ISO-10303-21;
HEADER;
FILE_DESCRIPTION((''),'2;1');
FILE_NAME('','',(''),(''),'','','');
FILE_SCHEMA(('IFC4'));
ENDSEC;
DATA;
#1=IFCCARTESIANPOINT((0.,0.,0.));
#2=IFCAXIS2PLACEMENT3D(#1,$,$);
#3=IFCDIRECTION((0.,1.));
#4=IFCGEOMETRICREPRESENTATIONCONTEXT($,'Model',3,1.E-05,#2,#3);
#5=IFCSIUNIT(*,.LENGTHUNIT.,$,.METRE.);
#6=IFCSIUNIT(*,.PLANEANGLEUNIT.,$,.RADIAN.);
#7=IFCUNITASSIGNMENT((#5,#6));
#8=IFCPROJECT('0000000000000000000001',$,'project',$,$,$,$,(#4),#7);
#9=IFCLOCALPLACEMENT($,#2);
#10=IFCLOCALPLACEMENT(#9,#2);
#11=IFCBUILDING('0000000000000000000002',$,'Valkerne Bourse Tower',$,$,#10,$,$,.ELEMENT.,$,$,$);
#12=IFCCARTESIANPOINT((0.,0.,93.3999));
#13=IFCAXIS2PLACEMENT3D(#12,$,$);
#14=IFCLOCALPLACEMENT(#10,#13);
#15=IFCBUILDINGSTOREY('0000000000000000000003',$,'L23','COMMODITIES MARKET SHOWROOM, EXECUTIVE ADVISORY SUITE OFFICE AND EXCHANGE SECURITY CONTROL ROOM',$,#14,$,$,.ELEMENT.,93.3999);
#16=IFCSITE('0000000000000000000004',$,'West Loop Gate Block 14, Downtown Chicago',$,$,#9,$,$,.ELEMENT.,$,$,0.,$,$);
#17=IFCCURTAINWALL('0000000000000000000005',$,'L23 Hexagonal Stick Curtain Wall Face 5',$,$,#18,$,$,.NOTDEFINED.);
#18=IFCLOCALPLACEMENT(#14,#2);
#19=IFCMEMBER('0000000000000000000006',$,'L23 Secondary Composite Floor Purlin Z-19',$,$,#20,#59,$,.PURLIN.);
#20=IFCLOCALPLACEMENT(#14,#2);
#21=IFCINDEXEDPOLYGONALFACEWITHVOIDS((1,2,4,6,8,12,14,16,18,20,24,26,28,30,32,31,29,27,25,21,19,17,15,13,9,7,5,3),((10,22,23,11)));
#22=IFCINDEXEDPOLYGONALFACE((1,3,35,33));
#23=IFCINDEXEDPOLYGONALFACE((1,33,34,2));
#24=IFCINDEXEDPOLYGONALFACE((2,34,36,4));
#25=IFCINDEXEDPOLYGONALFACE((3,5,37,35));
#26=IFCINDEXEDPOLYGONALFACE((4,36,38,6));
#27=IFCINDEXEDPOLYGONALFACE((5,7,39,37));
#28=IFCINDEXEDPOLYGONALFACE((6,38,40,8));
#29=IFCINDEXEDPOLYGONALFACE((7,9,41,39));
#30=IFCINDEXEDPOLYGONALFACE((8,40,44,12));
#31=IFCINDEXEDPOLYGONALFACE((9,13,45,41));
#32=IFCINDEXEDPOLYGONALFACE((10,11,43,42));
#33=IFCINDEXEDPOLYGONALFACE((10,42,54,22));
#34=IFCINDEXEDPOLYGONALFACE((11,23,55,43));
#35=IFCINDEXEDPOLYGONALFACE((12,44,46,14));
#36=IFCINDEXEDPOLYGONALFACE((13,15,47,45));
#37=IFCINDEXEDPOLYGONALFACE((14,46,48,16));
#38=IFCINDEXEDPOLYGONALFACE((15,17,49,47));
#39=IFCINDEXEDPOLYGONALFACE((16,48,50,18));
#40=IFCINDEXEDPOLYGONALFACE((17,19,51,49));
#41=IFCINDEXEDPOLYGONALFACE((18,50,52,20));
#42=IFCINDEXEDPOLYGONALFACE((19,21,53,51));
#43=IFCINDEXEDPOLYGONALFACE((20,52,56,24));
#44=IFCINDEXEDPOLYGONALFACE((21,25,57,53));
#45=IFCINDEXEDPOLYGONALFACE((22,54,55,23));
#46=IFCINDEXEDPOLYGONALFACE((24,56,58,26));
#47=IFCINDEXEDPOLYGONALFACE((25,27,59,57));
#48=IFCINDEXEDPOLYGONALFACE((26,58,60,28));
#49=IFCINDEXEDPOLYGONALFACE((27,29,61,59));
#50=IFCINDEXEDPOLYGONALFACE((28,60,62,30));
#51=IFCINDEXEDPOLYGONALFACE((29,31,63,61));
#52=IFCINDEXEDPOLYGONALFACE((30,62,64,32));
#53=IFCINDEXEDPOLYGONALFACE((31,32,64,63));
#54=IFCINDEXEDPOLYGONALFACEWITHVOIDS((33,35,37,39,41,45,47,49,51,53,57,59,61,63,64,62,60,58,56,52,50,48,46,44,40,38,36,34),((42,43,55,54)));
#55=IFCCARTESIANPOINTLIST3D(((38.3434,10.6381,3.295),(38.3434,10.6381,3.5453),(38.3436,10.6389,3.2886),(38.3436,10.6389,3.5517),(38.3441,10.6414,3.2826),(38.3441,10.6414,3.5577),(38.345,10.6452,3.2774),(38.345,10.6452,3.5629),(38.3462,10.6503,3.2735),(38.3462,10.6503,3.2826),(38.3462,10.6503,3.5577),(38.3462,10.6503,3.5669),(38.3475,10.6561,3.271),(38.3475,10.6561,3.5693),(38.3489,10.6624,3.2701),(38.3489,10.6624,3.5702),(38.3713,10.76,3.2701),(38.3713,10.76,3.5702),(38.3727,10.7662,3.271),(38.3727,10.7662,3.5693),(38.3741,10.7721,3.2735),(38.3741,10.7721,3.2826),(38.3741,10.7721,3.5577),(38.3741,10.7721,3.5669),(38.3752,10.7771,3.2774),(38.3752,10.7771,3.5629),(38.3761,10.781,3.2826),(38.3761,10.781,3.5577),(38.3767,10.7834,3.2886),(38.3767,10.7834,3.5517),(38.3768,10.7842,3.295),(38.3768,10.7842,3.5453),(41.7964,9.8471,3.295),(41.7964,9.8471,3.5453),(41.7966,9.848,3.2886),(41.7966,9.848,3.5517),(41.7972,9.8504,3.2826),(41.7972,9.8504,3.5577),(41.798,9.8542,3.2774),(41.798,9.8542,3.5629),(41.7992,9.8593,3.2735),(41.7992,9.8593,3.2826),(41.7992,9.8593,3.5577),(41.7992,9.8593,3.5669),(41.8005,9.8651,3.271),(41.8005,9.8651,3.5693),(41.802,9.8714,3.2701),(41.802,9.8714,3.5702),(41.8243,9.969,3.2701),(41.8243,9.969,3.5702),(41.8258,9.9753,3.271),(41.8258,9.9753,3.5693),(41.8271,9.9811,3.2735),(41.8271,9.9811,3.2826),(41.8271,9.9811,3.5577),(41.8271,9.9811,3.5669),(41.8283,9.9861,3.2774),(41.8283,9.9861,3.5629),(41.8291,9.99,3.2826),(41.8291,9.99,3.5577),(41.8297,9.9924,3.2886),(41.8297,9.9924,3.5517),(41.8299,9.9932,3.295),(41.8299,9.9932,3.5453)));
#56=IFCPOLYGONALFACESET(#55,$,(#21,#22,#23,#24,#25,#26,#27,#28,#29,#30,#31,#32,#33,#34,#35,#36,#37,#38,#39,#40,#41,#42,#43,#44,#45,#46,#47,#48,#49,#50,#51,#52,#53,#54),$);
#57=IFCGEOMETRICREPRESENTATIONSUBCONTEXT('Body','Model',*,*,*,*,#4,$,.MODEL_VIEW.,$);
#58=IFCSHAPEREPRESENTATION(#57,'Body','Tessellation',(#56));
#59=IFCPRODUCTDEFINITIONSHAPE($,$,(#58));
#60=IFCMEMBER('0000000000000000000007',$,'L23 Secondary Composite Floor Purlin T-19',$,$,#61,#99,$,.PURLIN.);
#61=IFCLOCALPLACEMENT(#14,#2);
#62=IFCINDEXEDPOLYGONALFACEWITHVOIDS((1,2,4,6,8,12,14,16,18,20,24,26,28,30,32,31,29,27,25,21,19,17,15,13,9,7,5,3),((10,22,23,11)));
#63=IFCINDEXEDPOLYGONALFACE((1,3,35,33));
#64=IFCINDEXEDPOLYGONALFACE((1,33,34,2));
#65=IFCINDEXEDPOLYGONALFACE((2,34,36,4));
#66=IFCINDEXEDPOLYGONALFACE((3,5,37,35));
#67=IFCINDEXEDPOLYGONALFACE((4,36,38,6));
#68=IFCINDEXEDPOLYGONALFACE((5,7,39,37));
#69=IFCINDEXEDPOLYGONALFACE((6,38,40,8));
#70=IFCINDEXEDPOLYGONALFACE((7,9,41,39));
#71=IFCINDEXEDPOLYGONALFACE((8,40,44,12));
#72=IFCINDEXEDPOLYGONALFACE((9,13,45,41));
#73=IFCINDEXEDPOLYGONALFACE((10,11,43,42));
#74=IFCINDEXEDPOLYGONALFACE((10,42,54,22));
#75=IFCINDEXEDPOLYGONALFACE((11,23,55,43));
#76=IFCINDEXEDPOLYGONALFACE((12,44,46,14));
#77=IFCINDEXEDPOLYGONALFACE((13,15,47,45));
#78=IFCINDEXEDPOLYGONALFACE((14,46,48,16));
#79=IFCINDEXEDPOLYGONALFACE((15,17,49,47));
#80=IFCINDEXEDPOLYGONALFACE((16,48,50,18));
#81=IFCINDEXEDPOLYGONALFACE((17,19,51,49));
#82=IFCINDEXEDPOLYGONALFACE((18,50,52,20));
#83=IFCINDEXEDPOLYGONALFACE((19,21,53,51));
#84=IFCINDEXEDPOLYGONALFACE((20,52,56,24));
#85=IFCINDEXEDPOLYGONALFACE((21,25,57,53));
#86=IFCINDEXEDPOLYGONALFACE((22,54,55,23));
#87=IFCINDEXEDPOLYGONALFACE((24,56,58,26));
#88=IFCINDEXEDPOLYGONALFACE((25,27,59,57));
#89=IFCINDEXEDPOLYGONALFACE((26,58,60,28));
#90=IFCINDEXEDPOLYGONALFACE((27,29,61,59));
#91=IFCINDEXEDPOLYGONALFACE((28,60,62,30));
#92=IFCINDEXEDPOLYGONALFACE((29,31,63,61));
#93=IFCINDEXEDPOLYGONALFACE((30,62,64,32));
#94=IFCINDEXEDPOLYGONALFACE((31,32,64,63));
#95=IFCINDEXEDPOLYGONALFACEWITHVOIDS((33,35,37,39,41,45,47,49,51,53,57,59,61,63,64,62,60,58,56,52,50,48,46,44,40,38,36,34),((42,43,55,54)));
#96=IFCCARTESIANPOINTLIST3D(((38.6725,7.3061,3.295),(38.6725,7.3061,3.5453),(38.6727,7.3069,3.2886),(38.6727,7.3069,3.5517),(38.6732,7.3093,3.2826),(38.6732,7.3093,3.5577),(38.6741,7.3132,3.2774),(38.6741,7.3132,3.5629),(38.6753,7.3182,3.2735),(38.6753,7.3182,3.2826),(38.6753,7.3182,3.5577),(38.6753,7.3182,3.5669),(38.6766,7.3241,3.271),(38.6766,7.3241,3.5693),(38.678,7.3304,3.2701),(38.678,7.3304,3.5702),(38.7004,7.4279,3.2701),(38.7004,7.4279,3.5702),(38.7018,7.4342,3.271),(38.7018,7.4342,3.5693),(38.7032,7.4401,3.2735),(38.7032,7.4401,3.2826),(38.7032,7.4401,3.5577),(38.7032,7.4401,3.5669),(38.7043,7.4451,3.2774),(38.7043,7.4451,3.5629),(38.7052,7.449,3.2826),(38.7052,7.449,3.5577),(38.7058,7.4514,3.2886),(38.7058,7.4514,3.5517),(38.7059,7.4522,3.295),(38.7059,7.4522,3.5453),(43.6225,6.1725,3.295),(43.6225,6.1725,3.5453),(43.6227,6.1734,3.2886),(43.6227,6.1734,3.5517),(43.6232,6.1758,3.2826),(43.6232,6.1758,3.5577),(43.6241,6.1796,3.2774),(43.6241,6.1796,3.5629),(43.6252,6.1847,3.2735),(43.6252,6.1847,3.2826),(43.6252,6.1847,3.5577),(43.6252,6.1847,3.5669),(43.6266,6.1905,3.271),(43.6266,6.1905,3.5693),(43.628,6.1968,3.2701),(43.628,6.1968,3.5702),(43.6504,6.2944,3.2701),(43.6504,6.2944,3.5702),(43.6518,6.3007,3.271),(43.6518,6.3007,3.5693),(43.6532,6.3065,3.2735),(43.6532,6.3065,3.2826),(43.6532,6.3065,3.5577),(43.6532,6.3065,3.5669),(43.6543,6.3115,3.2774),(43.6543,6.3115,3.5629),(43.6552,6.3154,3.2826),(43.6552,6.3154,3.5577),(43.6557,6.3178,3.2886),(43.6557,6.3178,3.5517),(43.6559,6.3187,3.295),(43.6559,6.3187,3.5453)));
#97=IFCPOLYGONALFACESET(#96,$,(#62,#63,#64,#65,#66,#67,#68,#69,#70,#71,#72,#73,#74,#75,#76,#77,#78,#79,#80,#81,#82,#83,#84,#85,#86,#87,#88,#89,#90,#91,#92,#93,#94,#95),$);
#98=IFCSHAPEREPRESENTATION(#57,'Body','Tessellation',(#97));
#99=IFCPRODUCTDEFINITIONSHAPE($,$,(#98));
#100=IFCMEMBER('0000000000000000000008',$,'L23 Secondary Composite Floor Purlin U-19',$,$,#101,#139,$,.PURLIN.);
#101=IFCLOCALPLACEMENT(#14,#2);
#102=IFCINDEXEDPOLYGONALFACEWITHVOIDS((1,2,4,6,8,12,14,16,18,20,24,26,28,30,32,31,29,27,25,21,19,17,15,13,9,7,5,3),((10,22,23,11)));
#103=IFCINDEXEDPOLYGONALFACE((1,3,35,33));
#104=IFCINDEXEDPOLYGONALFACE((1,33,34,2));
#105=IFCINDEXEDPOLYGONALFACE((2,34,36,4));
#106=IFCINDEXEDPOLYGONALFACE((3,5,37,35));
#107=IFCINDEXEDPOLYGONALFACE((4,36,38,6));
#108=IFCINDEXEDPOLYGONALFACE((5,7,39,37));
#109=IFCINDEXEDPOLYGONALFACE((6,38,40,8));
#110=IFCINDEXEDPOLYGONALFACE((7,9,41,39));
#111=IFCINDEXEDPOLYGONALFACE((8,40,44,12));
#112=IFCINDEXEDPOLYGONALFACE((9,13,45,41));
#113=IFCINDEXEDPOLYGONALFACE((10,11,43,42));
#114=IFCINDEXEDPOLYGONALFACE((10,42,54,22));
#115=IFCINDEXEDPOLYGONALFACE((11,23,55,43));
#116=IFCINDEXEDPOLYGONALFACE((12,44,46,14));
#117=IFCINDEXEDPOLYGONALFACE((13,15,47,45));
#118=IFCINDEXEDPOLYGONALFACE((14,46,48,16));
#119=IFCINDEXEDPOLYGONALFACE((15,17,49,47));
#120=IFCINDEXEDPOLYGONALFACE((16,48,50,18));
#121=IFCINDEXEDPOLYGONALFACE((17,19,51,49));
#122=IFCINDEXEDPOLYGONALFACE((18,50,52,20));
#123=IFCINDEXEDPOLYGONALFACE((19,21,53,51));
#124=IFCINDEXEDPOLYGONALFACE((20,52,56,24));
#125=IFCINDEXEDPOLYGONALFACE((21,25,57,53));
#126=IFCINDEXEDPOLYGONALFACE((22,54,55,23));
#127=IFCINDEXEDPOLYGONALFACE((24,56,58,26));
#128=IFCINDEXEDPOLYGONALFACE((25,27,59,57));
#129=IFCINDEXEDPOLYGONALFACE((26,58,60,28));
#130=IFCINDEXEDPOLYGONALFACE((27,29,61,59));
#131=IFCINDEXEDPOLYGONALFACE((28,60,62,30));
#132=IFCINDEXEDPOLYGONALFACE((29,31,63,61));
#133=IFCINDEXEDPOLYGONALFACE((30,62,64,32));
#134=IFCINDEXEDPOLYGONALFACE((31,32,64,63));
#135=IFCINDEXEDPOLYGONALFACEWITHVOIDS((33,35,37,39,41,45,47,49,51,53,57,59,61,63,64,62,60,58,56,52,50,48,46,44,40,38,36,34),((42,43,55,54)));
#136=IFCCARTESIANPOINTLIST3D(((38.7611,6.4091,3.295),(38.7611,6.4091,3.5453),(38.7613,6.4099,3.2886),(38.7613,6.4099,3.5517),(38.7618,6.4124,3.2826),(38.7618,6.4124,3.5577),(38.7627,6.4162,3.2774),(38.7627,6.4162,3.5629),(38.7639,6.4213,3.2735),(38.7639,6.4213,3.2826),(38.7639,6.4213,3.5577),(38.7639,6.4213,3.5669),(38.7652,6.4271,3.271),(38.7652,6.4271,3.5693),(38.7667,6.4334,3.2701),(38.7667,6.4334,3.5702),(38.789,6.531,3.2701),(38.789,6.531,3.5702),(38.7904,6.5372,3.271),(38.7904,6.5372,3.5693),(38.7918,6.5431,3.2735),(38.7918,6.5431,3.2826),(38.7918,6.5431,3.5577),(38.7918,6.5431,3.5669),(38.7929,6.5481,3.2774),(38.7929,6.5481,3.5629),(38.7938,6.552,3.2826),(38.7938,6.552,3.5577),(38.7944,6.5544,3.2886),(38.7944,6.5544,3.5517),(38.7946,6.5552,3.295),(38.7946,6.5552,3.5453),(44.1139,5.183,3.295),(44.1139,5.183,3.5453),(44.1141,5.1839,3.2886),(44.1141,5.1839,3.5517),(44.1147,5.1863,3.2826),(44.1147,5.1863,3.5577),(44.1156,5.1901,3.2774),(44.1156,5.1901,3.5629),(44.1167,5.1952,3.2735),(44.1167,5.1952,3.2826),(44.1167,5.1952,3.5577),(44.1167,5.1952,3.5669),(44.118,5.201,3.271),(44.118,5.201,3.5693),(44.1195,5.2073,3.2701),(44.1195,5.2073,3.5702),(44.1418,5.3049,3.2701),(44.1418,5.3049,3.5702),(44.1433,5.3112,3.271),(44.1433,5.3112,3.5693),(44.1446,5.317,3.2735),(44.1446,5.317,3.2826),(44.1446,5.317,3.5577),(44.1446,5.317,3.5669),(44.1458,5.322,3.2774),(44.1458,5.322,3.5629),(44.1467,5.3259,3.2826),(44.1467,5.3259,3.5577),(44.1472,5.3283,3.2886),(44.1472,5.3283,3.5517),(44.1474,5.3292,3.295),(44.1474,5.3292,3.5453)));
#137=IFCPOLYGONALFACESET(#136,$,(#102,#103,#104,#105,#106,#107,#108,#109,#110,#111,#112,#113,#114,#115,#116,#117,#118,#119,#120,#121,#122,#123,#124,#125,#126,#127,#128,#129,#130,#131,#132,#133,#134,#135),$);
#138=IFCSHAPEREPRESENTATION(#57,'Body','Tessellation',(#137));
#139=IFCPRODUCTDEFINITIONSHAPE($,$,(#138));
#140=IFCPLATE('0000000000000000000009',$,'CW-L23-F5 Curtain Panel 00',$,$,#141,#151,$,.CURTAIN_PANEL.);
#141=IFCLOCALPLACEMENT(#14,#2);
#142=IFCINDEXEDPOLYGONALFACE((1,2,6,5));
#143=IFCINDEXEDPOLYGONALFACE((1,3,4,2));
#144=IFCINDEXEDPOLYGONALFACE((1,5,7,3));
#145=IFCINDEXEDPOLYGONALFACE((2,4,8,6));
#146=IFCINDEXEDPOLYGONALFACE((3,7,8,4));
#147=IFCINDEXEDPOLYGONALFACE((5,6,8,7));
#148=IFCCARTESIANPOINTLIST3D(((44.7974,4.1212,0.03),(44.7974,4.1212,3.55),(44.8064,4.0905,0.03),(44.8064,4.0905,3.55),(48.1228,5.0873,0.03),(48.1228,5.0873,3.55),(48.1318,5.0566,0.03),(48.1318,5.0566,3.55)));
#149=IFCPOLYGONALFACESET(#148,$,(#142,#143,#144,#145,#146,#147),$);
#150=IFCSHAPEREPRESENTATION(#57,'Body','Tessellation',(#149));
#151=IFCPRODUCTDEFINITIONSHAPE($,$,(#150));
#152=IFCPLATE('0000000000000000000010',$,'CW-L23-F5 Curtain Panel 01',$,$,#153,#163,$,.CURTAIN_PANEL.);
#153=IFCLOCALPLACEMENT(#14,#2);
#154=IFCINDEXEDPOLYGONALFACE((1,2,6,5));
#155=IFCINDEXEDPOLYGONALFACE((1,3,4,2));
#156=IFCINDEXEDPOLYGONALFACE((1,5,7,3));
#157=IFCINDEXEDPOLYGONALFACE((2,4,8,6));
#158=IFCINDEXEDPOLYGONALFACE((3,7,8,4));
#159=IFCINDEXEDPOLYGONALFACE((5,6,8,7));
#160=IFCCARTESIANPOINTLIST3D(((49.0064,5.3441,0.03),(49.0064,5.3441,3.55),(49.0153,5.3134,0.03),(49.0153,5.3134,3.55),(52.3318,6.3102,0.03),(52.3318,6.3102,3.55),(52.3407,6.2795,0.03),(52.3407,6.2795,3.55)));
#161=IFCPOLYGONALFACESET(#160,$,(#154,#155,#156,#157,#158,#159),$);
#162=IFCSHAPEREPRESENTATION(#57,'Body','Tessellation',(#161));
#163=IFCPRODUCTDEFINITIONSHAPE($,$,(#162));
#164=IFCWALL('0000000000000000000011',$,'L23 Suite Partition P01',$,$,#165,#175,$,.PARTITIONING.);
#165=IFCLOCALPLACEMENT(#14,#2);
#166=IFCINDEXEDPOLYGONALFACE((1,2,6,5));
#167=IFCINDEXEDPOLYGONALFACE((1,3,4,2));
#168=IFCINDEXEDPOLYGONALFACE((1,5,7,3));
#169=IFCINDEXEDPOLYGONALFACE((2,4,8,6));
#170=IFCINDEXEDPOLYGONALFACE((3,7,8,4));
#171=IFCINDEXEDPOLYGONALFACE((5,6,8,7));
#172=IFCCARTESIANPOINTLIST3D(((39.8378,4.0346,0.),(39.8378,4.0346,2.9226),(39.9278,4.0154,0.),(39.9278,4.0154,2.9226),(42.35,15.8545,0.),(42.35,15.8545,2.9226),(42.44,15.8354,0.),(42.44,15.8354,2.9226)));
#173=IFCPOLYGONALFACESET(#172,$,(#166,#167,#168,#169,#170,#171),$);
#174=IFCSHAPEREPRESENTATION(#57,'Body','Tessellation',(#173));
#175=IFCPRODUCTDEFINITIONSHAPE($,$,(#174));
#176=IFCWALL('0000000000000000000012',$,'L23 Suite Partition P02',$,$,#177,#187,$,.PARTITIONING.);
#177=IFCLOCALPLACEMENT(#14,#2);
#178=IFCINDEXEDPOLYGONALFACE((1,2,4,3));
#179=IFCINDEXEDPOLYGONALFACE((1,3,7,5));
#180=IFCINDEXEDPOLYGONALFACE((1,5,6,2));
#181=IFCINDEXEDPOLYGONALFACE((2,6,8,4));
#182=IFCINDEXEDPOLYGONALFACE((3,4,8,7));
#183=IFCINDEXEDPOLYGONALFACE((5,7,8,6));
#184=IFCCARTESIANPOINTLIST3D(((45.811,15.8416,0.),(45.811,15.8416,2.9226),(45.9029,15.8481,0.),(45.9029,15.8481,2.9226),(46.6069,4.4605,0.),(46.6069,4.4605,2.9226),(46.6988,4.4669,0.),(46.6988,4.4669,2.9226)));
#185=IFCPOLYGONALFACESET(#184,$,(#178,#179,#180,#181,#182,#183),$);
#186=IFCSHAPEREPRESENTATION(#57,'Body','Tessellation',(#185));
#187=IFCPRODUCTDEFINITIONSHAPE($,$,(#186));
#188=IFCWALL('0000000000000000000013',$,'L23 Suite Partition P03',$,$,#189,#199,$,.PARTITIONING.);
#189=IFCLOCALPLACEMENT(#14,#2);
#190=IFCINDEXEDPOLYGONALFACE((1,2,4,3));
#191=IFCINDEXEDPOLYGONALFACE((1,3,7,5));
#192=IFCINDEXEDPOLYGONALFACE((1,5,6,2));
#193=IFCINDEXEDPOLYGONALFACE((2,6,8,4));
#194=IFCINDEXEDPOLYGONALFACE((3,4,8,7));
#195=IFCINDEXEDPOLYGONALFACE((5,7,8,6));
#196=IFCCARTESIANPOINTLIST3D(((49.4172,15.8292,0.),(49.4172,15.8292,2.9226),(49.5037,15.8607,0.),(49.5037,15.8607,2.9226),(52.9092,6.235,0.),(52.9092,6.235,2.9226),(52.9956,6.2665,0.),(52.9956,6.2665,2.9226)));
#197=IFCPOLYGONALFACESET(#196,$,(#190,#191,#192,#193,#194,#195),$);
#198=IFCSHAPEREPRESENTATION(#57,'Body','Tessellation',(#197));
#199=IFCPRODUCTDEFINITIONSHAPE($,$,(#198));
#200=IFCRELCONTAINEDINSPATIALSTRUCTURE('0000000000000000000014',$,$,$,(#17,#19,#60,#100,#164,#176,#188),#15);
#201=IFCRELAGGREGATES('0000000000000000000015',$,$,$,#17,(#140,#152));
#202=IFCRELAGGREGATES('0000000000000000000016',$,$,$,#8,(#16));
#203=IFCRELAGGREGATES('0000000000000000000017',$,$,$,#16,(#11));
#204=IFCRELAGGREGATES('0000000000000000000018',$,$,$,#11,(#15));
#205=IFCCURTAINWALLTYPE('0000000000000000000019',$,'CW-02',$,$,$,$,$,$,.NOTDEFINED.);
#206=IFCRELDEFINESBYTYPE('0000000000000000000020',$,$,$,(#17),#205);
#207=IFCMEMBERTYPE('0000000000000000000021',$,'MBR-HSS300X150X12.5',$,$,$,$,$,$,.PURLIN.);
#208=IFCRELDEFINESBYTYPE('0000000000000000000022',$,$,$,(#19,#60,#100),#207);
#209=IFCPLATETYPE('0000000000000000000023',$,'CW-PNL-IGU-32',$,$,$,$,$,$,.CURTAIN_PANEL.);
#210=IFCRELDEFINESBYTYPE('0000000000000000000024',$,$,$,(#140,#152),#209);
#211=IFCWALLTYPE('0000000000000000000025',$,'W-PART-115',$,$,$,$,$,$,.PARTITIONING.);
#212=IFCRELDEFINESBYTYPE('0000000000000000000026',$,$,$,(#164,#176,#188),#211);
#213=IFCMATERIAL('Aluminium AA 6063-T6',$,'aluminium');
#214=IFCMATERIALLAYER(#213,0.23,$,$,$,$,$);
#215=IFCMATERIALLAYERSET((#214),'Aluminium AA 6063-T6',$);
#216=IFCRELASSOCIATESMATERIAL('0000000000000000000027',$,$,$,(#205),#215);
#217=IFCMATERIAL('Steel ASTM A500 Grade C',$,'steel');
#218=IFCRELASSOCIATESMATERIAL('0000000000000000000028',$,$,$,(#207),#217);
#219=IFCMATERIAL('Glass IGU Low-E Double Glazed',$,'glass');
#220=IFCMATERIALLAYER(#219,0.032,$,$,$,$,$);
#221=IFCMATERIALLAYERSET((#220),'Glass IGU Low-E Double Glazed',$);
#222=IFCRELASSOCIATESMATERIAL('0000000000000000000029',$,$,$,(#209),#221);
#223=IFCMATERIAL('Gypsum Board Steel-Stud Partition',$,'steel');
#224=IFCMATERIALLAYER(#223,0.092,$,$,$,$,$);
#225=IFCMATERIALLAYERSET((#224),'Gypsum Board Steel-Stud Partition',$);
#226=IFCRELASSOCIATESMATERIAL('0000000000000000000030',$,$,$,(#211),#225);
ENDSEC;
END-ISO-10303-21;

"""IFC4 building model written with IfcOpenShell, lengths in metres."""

from ifc_helpers import new_model, si_unit, direction, frame, frame_2d, origin, origin_2d, place, context, subcontext, project, spatial, rectangle, hollow_rectangle, extrude, material, layer, layer_set, material_profile, profile_set, type_object, element, aggregate, save


model = new_model("IFC4")

# Units and contexts
model_context = context("Model", 3, precision=1e-05, world=origin(), true_north=direction((0.0, 1.0)))
body_context = subcontext(model_context, "Body", "Model", "MODEL_VIEW")
ifc_project = project(units=[si_unit("LENGTHUNIT", "METRE"), si_unit("PLANEANGLEUNIT", "RADIAN")], contexts=[model_context])

# Site, building, storey
site_placement = place(None, origin())
site = spatial("IfcSite", under=ifc_project, at=site_placement, Name="West Loop Gate Block 14, Downtown Chicago", CompositionType="ELEMENT", RefElevation=0.0)
building_placement = place(site_placement, origin())
building = spatial("IfcBuilding", under=site, at=building_placement, Name="Valkerne Bourse Tower", CompositionType="ELEMENT")
storey_placement = place(building_placement, frame((0.0, 0.0, 93.3999)))
storey = spatial("IfcBuildingStorey", under=building, at=storey_placement, Name="L23", Description="COMMODITIES MARKET SHOWROOM, EXECUTIVE ADVISORY SUITE OFFICE AND EXCHANGE SECURITY CONTROL ROOM", CompositionType="ELEMENT", Elevation=93.3999)

# Curtain wall
ifc_material_1 = material(Name="Aluminium AA 6063-T6", Category="aluminium")
ifc_layer_1 = layer(ifc_material_1, 0.23)
ifc_layer_set_1 = layer_set([ifc_layer_1], Name="Aluminium AA 6063-T6")
curtain_wall_type = type_object("IfcCurtainWallType", Name="CW-02", PredefinedType="NOTDEFINED", material=ifc_layer_set_1)
curtain_wall_placement = place(storey_placement, origin())
curtain_wall = element("IfcCurtainWall", 1, at=curtain_wall_placement, inside=storey, type_object=curtain_wall_type, Name="L23 Hexagonal Stick Curtain Wall Face 5", PredefinedType="NOTDEFINED")

# Members
ifc_material_2 = material(Name="Steel ASTM A500 Grade C", Category="steel")
ifc_material_profile_1 = material_profile(ifc_material_2, hollow_rectangle(XDim=0.1499, YDim=0.3, WallThickness=0.0125, OuterFilletRadius=0.0249, at=origin_2d()), Name="HSS300X150X12.5")
ifc_profile_set_1 = profile_set([ifc_material_profile_1], Name="Steel ASTM A500 Grade C")
member_type_1 = type_object("IfcMemberType", Name="MBR-HSS300X150X12.5", PredefinedType="PURLIN", material=ifc_profile_set_1)
member_1_placement = place(storey_placement, frame((38.3601, 10.7112, 3.4202), z_axis=(0.974752, -0.223289, 0.0), x_axis=(0.223289, 0.974752, 0.0)))
element("IfcMember", 2, at=member_1_placement, inside=storey, type_object=member_type_1, Name="L23 Secondary Composite Floor Purlin Z-19", PredefinedType="PURLIN", context=body_context, shape_type="SweptSolid", body=[
    extrude(hollow_rectangle(XDim=0.1499, YDim=0.3, WallThickness=0.0125, OuterFilletRadius=0.0249, at=origin_2d()), origin(), (0.0, 0.0, 1.0), 3.5425),
])
member_2_placement = place(storey_placement, frame((38.6892, 7.3792, 3.4202), z_axis=(0.974767, -0.223223, 0.0), x_axis=(0.223223, 0.974767, 0.0)))
element("IfcMember", 3, at=member_2_placement, inside=storey, type_object=member_type_1, Name="L23 Secondary Composite Floor Purlin T-19", PredefinedType="PURLIN", context=body_context, shape_type="SweptSolid", body=[
    extrude(hollow_rectangle(XDim=0.1499, YDim=0.3, WallThickness=0.0125, OuterFilletRadius=0.0249, at=origin_2d()), origin(), (0.0, 0.0, 1.0), 5.0781),
])
member_3_placement = place(storey_placement, frame((38.7778, 6.4822, 3.4202), z_axis=(0.974756, -0.223271, 0.0), x_axis=(0.223271, 0.974756, 0.0)))
element("IfcMember", 4, at=member_3_placement, inside=storey, type_object=member_type_1, Name="L23 Secondary Composite Floor Purlin U-19", PredefinedType="PURLIN", context=body_context, shape_type="SweptSolid", body=[
    extrude(hollow_rectangle(XDim=0.1499, YDim=0.3, WallThickness=0.0125, OuterFilletRadius=0.0249, at=origin_2d()), origin(), (0.0, 0.0, 1.0), 5.4915),
])

# Plates
ifc_material_3 = material(Name="Glass IGU Low-E Double Glazed", Category="glass")
ifc_layer_2 = layer(ifc_material_3, 0.032)
ifc_layer_set_2 = layer_set([ifc_layer_2], Name="Glass IGU Low-E Double Glazed")
plate_type = type_object("IfcPlateType", Name="CW-PNL-IGU-32", PredefinedType="CURTAIN_PANEL", material=ifc_layer_set_2)
plate_1_placement = place(storey_placement, frame((46.4646, 4.5889, 0.03), z_axis=(0.0, 0.0, 1.0), x_axis=(0.960294, 0.278991, 0.0)))
plate_1 = element("IfcPlate", 5, at=plate_1_placement, type_object=plate_type, Name="CW-L23-F5 Curtain Panel 00", PredefinedType="CURTAIN_PANEL", context=body_context, shape_type="SweptSolid", body=[
    extrude(rectangle(XDim=3.4629, YDim=0.032, at=origin_2d()), origin(), (0.0, 0.0, 1.0), 3.52),
])
plate_2_placement = place(storey_placement, frame((50.6736, 5.8118, 0.03), z_axis=(0.0, 0.0, 1.0), x_axis=(0.960295, 0.278985, 0.0)))
plate_2 = element("IfcPlate", 6, at=plate_2_placement, type_object=plate_type, Name="CW-L23-F5 Curtain Panel 01", PredefinedType="CURTAIN_PANEL", context=body_context, shape_type="SweptSolid", body=[
    extrude(rectangle(XDim=3.4629, YDim=0.032, at=origin_2d()), origin(), (0.0, 0.0, 1.0), 3.52),
])
aggregate(curtain_wall, [plate_1, plate_2])

# Walls
ifc_material_4 = material(Name="Gypsum Board Steel-Stud Partition", Category="steel")
ifc_layer_3 = layer(ifc_material_4, 0.092)
ifc_layer_set_3 = layer_set([ifc_layer_3], Name="Gypsum Board Steel-Stud Partition")
wall_type = type_object("IfcWallType", Name="W-PART-115", PredefinedType="PARTITIONING", material=ifc_layer_set_3)
wall_1_placement = place(storey_placement, frame((42.395, 15.845, 0.0), z_axis=(0.0, 0.0, 1.0), x_axis=(-0.207894, -0.978151, 0.0)))
element("IfcWall", 7, at=wall_1_placement, inside=storey, type_object=wall_type, Name="L23 Suite Partition P01", PredefinedType="PARTITIONING", context=body_context, shape_type="SweptSolid", body=[
    extrude(rectangle(XDim=12.084, YDim=0.092, at=frame_2d((6.042, 0.0))), origin(), (0.0, 0.0, 1.0), 2.9226),
])
wall_2_placement = place(storey_placement, frame((45.8569, 15.845, 0.0), z_axis=(0.0, 0.0, 1.0), x_axis=(0.069761, -0.997564, 0.0)))
element("IfcWall", 8, at=wall_2_placement, inside=storey, type_object=wall_type, Name="L23 Suite Partition P02", PredefinedType="PARTITIONING", context=body_context, shape_type="SweptSolid", body=[
    extrude(rectangle(XDim=11.4089, YDim=0.092, at=frame_2d((5.7046, 0.0))), origin(), (0.0, 0.0, 1.0), 2.9226),
])
wall_3_placement = place(storey_placement, frame((49.4604, 15.845, 0.0), z_axis=(0.0, 0.0, 1.0), x_axis=(0.342014, -0.939695, 0.0)))
element("IfcWall", 9, at=wall_3_placement, inside=storey, type_object=wall_type, Name="L23 Suite Partition P03", PredefinedType="PARTITIONING", context=body_context, shape_type="SweptSolid", body=[
    extrude(rectangle(XDim=10.21, YDim=0.092, at=frame_2d((5.105, 0.0))), origin(), (0.0, 0.0, 1.0), 2.9226),
])

save(model, "model.ifc")
